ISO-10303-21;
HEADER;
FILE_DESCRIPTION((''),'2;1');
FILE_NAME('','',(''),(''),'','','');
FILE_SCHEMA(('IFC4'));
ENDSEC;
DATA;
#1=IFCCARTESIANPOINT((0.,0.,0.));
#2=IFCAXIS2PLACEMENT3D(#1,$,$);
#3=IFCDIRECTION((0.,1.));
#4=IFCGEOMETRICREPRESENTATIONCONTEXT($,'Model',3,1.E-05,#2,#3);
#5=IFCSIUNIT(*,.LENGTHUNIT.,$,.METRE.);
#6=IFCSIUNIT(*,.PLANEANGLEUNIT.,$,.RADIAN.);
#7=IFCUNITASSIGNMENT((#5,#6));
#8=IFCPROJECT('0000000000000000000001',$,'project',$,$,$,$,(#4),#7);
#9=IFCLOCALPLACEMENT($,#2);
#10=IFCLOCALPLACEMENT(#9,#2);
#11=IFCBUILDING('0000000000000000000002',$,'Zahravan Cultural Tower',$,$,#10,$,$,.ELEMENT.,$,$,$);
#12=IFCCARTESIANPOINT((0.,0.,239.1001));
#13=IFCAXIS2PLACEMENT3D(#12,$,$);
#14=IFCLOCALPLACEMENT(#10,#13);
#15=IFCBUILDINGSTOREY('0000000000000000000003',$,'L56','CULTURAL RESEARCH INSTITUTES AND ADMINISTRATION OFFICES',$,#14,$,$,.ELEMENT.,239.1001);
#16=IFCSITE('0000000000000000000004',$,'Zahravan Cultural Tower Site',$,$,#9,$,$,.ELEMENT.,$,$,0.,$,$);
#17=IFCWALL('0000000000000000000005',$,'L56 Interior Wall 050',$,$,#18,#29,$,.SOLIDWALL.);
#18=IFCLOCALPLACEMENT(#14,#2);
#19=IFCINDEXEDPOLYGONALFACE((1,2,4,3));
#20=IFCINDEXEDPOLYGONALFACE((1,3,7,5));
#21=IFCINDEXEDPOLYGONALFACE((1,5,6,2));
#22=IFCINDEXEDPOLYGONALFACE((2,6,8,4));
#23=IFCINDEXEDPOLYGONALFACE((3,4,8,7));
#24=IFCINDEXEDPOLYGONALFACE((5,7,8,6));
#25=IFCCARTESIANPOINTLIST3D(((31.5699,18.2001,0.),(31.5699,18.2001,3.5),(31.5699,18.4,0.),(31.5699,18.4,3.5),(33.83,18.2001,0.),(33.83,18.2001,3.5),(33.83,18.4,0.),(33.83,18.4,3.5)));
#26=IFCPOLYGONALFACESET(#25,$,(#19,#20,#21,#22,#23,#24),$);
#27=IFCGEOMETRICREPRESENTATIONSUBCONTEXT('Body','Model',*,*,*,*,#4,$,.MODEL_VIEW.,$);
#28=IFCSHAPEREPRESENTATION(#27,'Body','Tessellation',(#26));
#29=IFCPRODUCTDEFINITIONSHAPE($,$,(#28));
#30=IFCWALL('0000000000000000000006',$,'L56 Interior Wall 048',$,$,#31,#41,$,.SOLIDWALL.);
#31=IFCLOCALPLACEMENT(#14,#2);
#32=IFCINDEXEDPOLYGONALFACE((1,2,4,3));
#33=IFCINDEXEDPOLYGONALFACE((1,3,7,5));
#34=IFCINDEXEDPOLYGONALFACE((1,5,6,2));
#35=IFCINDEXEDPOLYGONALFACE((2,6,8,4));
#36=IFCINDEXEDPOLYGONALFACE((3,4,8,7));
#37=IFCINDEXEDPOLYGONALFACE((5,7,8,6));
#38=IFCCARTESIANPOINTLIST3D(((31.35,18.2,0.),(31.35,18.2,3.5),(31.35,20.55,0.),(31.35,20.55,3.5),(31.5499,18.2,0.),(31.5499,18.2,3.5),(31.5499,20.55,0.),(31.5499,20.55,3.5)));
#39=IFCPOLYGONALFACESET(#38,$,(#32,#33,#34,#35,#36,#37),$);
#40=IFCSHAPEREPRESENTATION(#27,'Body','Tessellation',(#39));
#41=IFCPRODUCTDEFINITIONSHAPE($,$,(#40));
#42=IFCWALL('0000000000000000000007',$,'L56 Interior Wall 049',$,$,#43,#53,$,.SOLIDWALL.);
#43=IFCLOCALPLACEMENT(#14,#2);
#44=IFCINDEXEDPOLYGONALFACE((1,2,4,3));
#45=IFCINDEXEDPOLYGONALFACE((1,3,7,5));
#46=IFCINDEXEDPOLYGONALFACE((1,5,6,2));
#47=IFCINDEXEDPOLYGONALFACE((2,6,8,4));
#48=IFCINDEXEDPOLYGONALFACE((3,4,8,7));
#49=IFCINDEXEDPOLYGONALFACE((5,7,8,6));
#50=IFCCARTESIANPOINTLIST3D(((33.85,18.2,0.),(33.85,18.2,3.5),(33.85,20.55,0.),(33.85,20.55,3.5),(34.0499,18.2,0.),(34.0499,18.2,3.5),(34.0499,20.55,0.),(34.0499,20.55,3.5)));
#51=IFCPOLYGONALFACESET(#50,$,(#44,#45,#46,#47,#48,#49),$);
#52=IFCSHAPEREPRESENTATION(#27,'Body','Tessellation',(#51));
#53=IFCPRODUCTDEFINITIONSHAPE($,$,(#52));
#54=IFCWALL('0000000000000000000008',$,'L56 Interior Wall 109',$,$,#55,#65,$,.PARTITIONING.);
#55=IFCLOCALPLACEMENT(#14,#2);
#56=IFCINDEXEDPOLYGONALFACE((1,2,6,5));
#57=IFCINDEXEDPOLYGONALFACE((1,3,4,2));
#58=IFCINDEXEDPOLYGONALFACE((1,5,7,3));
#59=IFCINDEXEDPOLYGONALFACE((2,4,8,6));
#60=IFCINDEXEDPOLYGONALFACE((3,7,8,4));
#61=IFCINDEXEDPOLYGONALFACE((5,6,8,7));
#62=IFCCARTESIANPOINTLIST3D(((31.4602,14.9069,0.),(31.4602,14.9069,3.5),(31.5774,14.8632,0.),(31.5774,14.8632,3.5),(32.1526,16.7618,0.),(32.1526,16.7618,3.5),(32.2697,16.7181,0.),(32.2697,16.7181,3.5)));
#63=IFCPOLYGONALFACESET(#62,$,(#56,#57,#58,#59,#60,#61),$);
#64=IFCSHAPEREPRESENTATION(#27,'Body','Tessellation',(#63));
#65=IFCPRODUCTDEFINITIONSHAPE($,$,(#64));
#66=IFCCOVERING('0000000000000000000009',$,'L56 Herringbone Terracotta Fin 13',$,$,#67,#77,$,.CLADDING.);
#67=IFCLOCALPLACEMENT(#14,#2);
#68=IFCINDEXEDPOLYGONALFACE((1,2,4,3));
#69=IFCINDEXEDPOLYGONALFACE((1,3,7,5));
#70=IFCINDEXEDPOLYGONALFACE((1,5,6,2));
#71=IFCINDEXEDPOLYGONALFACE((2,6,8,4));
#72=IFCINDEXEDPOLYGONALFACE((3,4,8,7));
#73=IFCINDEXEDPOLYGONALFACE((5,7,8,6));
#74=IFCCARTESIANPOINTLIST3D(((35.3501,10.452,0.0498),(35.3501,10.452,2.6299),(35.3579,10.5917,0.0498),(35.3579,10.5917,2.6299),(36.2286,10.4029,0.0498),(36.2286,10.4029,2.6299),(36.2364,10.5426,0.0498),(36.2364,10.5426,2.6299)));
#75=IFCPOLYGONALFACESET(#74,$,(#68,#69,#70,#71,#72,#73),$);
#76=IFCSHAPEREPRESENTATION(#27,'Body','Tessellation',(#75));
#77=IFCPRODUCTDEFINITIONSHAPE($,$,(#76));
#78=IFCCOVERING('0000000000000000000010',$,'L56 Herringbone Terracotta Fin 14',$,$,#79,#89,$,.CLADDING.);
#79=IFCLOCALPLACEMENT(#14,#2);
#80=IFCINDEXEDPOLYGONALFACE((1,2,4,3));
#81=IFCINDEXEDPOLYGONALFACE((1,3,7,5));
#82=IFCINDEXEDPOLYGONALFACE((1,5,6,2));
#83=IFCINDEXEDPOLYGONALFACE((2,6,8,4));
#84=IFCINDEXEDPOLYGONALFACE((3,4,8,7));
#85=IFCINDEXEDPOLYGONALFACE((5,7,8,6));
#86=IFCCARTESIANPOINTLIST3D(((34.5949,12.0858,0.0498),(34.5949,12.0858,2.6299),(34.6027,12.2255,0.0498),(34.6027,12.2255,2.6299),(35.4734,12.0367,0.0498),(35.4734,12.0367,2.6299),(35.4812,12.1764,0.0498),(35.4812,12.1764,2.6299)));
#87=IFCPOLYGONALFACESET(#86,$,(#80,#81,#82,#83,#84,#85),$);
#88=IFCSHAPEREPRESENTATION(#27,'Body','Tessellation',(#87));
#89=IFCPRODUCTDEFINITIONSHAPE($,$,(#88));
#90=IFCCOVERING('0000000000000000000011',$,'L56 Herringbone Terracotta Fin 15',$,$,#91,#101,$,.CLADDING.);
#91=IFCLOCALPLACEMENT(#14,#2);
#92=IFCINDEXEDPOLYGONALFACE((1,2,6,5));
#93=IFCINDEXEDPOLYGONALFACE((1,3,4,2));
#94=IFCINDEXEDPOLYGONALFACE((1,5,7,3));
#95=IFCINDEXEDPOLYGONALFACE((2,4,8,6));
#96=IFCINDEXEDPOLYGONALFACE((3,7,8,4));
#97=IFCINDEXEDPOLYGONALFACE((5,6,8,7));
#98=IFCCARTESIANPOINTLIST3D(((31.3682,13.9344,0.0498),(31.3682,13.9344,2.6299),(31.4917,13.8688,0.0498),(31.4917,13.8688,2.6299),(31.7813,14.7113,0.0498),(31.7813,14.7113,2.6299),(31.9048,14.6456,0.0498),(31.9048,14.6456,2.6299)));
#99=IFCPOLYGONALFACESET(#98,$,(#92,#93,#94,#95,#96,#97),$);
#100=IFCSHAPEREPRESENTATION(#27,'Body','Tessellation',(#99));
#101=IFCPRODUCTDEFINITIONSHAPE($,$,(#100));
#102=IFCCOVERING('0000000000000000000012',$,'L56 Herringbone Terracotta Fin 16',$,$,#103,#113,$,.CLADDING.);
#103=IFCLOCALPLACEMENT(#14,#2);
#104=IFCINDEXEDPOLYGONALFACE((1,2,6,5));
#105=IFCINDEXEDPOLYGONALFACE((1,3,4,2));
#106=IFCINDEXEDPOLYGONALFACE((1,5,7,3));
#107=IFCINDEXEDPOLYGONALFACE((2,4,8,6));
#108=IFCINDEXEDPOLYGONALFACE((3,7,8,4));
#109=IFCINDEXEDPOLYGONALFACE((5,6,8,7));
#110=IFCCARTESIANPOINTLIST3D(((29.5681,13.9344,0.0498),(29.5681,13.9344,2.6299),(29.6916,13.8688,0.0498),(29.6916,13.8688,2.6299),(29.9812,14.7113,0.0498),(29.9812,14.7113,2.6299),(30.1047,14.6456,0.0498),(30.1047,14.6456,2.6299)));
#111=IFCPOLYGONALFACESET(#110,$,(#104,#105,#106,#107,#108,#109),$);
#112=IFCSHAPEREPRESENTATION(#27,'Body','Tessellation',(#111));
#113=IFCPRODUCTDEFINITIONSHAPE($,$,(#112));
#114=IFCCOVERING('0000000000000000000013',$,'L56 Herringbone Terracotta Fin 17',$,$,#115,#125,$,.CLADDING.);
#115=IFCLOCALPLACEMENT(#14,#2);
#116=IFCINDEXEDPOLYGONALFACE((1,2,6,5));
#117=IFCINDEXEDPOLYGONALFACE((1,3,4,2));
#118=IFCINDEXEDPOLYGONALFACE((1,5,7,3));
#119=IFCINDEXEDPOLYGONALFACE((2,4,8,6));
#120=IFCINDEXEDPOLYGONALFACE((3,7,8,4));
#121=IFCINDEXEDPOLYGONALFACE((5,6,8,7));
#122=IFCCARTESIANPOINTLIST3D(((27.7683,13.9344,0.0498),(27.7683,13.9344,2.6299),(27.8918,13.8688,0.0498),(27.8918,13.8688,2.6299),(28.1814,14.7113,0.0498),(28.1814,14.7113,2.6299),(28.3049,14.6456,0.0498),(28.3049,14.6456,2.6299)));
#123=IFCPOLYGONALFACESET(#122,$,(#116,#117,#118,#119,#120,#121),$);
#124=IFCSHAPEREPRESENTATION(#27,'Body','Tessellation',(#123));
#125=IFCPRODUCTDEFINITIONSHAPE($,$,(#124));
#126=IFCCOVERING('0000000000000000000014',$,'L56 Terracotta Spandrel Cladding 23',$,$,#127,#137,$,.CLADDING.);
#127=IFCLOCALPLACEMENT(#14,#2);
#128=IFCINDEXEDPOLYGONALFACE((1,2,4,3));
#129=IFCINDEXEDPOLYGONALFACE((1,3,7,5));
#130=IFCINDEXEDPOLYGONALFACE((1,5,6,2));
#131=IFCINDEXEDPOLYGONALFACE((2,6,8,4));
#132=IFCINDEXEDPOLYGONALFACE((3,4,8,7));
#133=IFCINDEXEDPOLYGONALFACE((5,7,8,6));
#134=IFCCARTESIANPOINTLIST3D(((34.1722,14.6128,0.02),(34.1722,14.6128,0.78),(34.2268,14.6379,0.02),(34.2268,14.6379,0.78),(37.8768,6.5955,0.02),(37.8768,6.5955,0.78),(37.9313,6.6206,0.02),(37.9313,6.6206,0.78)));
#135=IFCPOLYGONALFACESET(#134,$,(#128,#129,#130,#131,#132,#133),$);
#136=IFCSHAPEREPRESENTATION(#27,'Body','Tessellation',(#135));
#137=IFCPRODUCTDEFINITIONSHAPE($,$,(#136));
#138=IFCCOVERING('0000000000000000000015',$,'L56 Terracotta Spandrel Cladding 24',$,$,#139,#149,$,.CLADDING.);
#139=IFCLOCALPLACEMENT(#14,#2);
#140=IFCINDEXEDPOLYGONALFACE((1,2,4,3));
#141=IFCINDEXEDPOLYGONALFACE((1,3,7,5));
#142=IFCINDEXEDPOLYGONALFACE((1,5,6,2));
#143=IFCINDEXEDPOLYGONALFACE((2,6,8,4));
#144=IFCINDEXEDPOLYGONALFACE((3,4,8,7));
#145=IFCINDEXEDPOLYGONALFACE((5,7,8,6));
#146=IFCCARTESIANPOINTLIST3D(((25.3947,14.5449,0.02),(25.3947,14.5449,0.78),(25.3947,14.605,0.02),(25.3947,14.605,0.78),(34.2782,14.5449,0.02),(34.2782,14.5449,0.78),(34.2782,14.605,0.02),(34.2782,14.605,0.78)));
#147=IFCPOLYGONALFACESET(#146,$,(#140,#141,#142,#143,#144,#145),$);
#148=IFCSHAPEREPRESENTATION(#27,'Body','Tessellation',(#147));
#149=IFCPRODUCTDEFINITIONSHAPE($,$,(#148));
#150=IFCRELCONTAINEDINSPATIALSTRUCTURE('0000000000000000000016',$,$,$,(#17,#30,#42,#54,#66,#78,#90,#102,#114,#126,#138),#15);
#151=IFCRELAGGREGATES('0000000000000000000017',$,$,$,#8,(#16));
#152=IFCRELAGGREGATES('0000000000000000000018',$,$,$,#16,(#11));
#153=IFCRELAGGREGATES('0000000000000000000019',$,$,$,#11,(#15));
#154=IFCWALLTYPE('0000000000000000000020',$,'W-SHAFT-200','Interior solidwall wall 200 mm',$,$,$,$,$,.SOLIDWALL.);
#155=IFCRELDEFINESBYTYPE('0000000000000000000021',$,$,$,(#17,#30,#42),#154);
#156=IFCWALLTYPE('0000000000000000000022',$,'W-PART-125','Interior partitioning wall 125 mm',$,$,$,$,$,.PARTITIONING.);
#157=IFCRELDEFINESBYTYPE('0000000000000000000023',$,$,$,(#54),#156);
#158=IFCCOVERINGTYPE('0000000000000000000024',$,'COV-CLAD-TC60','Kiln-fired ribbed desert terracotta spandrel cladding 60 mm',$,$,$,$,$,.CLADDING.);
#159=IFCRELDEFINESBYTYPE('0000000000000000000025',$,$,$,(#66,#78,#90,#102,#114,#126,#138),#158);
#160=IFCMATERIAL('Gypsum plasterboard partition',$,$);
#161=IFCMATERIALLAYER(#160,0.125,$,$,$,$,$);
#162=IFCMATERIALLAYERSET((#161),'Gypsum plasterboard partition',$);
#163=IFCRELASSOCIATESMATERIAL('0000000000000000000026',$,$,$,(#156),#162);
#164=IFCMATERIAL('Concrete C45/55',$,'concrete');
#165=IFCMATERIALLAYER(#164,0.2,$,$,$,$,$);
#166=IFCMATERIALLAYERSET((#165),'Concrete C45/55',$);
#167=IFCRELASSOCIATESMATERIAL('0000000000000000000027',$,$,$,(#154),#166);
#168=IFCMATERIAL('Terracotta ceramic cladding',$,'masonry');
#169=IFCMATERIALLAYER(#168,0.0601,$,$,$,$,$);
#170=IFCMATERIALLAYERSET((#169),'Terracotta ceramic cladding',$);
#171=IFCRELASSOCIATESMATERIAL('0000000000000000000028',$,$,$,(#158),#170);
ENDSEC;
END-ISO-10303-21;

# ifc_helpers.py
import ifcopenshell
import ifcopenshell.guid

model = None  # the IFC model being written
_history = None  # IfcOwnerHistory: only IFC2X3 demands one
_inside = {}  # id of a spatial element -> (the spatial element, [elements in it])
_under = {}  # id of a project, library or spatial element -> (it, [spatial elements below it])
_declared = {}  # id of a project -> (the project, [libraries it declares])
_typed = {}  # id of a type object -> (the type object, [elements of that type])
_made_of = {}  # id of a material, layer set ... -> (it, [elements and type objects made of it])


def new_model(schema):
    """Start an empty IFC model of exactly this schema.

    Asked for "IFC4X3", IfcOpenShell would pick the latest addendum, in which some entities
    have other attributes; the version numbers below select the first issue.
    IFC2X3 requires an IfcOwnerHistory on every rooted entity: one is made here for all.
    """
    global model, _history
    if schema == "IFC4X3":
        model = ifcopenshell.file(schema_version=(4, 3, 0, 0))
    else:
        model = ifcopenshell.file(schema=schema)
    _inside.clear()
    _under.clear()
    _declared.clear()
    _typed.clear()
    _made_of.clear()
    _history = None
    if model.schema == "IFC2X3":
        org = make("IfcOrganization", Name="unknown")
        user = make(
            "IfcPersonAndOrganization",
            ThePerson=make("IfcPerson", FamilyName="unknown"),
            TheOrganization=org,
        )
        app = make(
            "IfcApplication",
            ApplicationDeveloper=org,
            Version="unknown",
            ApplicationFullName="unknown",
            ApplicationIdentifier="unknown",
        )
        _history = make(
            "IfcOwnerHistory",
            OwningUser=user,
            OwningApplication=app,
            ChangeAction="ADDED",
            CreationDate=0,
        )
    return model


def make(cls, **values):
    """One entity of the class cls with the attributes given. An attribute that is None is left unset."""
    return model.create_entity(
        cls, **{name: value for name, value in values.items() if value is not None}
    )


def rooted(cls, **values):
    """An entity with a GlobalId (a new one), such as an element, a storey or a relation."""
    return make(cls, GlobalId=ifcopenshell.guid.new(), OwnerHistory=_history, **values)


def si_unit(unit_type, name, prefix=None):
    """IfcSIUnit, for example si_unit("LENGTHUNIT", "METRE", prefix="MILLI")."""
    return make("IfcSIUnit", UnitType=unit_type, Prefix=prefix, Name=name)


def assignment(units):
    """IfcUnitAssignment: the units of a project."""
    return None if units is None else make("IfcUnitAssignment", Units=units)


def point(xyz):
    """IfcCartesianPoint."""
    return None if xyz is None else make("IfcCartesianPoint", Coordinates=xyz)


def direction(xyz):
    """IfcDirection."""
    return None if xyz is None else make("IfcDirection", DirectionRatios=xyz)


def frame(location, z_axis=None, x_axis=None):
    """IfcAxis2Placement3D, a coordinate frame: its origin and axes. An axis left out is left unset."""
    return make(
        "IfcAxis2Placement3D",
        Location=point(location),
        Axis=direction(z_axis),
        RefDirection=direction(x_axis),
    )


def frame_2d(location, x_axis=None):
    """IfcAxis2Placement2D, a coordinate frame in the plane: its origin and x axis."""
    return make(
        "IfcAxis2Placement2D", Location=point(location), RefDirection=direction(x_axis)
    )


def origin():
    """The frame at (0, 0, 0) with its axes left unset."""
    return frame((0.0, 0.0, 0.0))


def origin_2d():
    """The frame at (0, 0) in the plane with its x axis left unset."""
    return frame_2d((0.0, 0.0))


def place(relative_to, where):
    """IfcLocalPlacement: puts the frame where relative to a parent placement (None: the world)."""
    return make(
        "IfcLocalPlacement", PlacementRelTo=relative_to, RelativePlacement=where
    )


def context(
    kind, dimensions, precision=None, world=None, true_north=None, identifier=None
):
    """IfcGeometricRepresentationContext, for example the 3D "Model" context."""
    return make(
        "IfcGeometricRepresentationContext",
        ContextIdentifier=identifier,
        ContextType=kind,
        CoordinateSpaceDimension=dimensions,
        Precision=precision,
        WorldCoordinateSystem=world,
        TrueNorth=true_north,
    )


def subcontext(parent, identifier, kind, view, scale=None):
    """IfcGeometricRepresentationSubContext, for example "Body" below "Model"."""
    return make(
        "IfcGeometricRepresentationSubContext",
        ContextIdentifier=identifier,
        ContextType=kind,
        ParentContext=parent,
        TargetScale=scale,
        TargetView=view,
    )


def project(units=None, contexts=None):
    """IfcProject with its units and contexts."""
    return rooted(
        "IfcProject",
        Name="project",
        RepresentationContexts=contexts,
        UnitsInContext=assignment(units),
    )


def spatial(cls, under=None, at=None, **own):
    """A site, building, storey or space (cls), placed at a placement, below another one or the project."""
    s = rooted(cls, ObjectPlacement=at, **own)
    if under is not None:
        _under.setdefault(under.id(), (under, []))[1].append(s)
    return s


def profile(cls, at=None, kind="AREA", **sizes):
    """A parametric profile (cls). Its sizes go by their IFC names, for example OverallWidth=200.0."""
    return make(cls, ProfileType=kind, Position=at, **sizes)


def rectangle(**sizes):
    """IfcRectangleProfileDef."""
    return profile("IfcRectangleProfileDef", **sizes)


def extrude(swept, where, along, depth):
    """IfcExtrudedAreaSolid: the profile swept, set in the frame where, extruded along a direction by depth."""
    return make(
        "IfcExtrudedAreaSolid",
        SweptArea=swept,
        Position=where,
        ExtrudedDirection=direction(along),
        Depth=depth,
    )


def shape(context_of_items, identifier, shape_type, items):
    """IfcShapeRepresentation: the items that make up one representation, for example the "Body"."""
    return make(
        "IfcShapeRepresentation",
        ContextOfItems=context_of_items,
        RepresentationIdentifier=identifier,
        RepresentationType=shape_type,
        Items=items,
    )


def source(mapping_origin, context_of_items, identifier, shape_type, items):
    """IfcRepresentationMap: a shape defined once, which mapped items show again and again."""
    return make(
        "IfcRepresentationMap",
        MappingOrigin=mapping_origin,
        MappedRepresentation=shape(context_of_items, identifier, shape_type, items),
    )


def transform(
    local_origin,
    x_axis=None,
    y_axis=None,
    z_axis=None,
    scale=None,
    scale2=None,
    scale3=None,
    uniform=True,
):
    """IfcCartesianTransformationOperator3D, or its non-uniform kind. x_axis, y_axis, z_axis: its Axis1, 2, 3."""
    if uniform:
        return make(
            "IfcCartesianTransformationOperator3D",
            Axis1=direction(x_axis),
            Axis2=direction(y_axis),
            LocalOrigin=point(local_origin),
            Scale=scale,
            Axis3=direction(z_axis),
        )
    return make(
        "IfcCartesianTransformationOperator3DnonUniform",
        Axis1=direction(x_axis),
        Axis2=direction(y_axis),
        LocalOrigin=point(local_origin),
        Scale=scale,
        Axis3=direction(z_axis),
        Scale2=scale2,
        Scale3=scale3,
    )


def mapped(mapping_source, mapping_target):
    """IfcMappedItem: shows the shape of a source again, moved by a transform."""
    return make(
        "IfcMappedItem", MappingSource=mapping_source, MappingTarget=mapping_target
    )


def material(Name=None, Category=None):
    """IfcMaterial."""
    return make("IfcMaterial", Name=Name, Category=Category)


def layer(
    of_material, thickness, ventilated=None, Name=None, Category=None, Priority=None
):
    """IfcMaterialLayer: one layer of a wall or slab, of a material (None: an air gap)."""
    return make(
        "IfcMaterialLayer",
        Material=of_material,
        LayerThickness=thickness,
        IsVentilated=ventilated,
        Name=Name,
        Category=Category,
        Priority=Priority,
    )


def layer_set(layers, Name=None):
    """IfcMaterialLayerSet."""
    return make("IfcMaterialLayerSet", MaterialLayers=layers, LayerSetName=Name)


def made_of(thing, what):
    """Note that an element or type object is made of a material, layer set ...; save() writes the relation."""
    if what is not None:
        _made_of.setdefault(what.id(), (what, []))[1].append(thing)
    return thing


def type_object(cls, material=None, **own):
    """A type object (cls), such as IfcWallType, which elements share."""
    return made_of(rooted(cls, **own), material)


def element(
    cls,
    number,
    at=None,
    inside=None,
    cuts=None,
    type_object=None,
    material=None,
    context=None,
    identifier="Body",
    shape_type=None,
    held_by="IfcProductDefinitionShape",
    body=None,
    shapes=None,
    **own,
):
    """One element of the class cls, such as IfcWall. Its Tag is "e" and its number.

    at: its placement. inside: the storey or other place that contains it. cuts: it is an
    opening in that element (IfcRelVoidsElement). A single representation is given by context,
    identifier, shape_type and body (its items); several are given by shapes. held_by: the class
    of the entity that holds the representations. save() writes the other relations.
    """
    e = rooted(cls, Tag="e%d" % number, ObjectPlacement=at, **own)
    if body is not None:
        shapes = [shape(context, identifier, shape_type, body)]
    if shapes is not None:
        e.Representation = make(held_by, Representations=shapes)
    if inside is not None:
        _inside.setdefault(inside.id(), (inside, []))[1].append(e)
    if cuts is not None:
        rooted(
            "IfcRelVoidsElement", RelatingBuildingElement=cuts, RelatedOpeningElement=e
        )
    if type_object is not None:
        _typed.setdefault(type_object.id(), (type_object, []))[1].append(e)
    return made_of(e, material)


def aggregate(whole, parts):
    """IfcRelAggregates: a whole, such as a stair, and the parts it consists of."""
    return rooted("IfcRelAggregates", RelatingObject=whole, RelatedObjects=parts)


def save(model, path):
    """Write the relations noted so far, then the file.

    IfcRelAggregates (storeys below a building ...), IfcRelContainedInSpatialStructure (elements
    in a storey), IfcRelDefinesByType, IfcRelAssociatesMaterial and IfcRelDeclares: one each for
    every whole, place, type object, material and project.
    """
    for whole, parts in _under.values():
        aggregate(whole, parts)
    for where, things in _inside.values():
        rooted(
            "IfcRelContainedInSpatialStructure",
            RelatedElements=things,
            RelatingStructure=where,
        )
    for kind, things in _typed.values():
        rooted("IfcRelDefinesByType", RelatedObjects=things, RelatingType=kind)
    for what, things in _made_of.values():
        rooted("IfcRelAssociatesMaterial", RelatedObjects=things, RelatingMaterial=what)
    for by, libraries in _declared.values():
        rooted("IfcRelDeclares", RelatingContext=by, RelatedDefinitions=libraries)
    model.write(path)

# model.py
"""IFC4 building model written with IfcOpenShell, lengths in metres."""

from ifc_helpers import new_model, si_unit, direction, frame, frame_2d, origin, origin_2d, place, context, subcontext, project, spatial, rectangle, extrude, source, transform, mapped, material, layer, layer_set, type_object, element, save


model = new_model("IFC4")

# Units and contexts
model_context = context("Model", 3, precision=1e-05, world=origin(), true_north=direction((0.0, 1.0)))
body_context = subcontext(model_context, "Body", "Model", "MODEL_VIEW")
ifc_project = project(units=[si_unit("LENGTHUNIT", "METRE"), si_unit("PLANEANGLEUNIT", "RADIAN")], contexts=[model_context])

# Site, building, storey
site_placement = place(None, origin())
site = spatial("IfcSite", under=ifc_project, at=site_placement, Name="Zahravan Cultural Tower Site", CompositionType="ELEMENT", RefElevation=0.0)
building_placement = place(site_placement, origin())
building = spatial("IfcBuilding", under=site, at=building_placement, Name="Zahravan Cultural Tower", CompositionType="ELEMENT")
storey_placement = place(building_placement, frame((0.0, 0.0, 239.1001)))
storey = spatial("IfcBuildingStorey", under=building, at=storey_placement, Name="L56", Description="CULTURAL RESEARCH INSTITUTES AND ADMINISTRATION OFFICES", CompositionType="ELEMENT", Elevation=239.1001)

# Shared definitions
ifc_material_1 = material(Name="Gypsum plasterboard partition")
ifc_layer_1 = layer(ifc_material_1, 0.125)
ifc_layer_set_1 = layer_set([ifc_layer_1], Name="Gypsum plasterboard partition")
wall_type_1 = type_object("IfcWallType", Name="W-PART-125", Description="Interior partitioning wall 125 mm", PredefinedType="PARTITIONING", material=ifc_layer_set_1)

# Shared definitions
ifc_material_2 = material(Name="Concrete C45/55", Category="concrete")
ifc_layer_2 = layer(ifc_material_2, 0.2)
ifc_layer_set_2 = layer_set([ifc_layer_2], Name="Concrete C45/55")
wall_type_2 = type_object("IfcWallType", Name="W-SHAFT-200", Description="Interior solidwall wall 200 mm", PredefinedType="SOLIDWALL", material=ifc_layer_set_2)

# Walls
shared_shape_1 = source(origin(), body_context, "Body", "SweptSolid", [
    extrude(rectangle(XDim=2.26, YDim=0.2, at=frame_2d((1.1299, 0.0))), origin(), (0.0, 0.0, 1.0), 3.5),
])
wall_1_placement = place(storey_placement, frame((31.5701, 18.3, 0.0), z_axis=(0.0, 0.0, 1.0), x_axis=(1.0, 0.0, 0.0)))
element("IfcWall", 1, at=wall_1_placement, inside=storey, type_object=wall_type_2, Name="L56 Interior Wall 050", PredefinedType="SOLIDWALL", context=body_context, shape_type="MappedRepresentation", body=[
    mapped(shared_shape_1, transform((0.0, 0.0, 0.0), x_axis=(1.0, 0.0, 0.0), y_axis=(0.0, 1.0, 0.0), z_axis=(0.0, 0.0, 1.0), scale=1.0)),
])
shared_shape_2 = source(origin(), body_context, "Body", "SweptSolid", [
    extrude(rectangle(XDim=2.3501, YDim=0.2, at=frame_2d((1.175, 0.0))), origin(), (0.0, 0.0, 1.0), 3.5),
])
for number, where, z_axis, x_axis, name in (
    (2, (31.45, 18.2, 0.0), (0.0, 0.0, 1.0), (0.0, 1.0, 0.0), "L56 Interior Wall 048"),
    (3, (33.95, 18.2, 0.0), (0.0, 0.0, 1.0), (0.0, 1.0, 0.0), "L56 Interior Wall 049"),
):
    element("IfcWall", number, at=place(storey_placement, frame(where, z_axis=z_axis, x_axis=x_axis)), inside=storey, type_object=wall_type_2, Name=name, PredefinedType="SOLIDWALL", context=body_context, shape_type="MappedRepresentation", body=[
        mapped(shared_shape_2, transform((0.0, 0.0, 0.0), x_axis=(1.0, 0.0, 0.0), y_axis=(0.0, 1.0, 0.0), z_axis=(0.0, 0.0, 1.0), scale=1.0)),
    ])
shared_shape_3 = source(origin(), body_context, "Body", "SweptSolid", [
    extrude(rectangle(XDim=1.98, YDim=0.125, at=frame_2d((0.99, 0.0))), origin(), (0.0, 0.0, 1.0), 3.5),
])
wall_2_placement = place(storey_placement, frame((31.5188, 14.885, 0.0), z_axis=(0.0, 0.0, 1.0), x_axis=(0.349691, 0.936865, 0.0)))
element("IfcWall", 4, at=wall_2_placement, inside=storey, type_object=wall_type_1, Name="L56 Interior Wall 109", PredefinedType="PARTITIONING", context=body_context, shape_type="MappedRepresentation", body=[
    mapped(shared_shape_3, transform((0.0, 0.0, 0.0), x_axis=(1.0, 0.0, 0.0), y_axis=(0.0, 1.0, 0.0), z_axis=(0.0, 0.0, 1.0), scale=1.0)),
])

# Coverings
ifc_material_3 = material(Name="Terracotta ceramic cladding", Category="masonry")
ifc_layer_3 = layer(ifc_material_3, 0.0601)
ifc_layer_set_3 = layer_set([ifc_layer_3], Name="Terracotta ceramic cladding")
covering_type = type_object("IfcCoveringType", Name="COV-CLAD-TC60", Description="Kiln-fired ribbed desert terracotta spandrel cladding 60 mm", PredefinedType="CLADDING", material=ifc_layer_set_3)
shared_shape_4 = source(origin(), body_context, "Body", "SweptSolid", [
    extrude(rectangle(XDim=0.8799, YDim=0.1399, at=origin_2d()), origin(), (0.0, 0.0, 1.0), 2.5801),
])
for number, where, z_axis, x_axis, name in (
    (5, (35.7932, 10.4973, 0.0498), (0.0, 0.0, 1.0), (-0.998441, 0.055822, 0.0), "L56 Herringbone Terracotta Fin 13"),
    (6, (35.0381, 12.1311, 0.0498), (0.0, 0.0, 1.0), (-0.998441, 0.055822, 0.0), "L56 Herringbone Terracotta Fin 14"),
    (7, (31.6365, 14.29, 0.0498), (0.0, 0.0, 1.0), (-0.469472, -0.882948, 0.0), "L56 Herringbone Terracotta Fin 15"),
    (8, (29.8364, 14.29, 0.0498), (0.0, 0.0, 1.0), (-0.469472, -0.882948, 0.0), "L56 Herringbone Terracotta Fin 16"),
    (9, (28.0366, 14.29, 0.0498), (0.0, 0.0, 1.0), (-0.469472, -0.882948, 0.0), "L56 Herringbone Terracotta Fin 17"),
):
    element("IfcCovering", number, at=place(storey_placement, frame(where, z_axis=z_axis, x_axis=x_axis)), inside=storey, type_object=covering_type, Name=name, PredefinedType="CLADDING", context=body_context, shape_type="MappedRepresentation", body=[
        mapped(shared_shape_4, transform((0.0, 0.0, 0.0), x_axis=(1.0, 0.0, 0.0), y_axis=(0.0, 1.0, 0.0), z_axis=(0.0, 0.0, 1.0), scale=1.0)),
    ])
shared_shape_5 = source(origin(), body_context, "Body", "SweptSolid", [
    extrude(rectangle(XDim=8.8318, YDim=0.0601, at=origin_2d()), origin(), (0.0, 0.0, 1.0), 0.76),
])
covering_1_placement = place(storey_placement, frame((36.0518, 10.6167, 0.02), z_axis=(0.0, 0.0, 1.0), x_axis=(-0.419452, 0.907777, 0.0)))
element("IfcCovering", 10, at=covering_1_placement, inside=storey, type_object=covering_type, Name="L56 Terracotta Spandrel Cladding 23", PredefinedType="CLADDING", context=body_context, shape_type="MappedRepresentation", body=[
    mapped(shared_shape_5, transform((0.0, 0.0, 0.0), x_axis=(1.0, 0.0, 0.0), y_axis=(0.0, 1.0, 0.0), z_axis=(0.0, 0.0, 1.0), scale=1.0)),
])
shared_shape_6 = source(origin(), body_context, "Body", "SweptSolid", [
    extrude(rectangle(XDim=8.8835, YDim=0.0601, at=origin_2d()), origin(), (0.0, 0.0, 1.0), 0.76),
])
covering_2_placement = place(storey_placement, frame((29.8364, 14.575, 0.02), z_axis=(0.0, 0.0, 1.0), x_axis=(-1.0, 0.0, 0.0)))
element("IfcCovering", 11, at=covering_2_placement, inside=storey, type_object=covering_type, Name="L56 Terracotta Spandrel Cladding 24", PredefinedType="CLADDING", context=body_context, shape_type="MappedRepresentation", body=[
    mapped(shared_shape_6, transform((0.0, 0.0, 0.0), x_axis=(1.0, 0.0, 0.0), y_axis=(0.0, 1.0, 0.0), z_axis=(0.0, 0.0, 1.0), scale=1.0)),
])

save(model, "model.ifc")
